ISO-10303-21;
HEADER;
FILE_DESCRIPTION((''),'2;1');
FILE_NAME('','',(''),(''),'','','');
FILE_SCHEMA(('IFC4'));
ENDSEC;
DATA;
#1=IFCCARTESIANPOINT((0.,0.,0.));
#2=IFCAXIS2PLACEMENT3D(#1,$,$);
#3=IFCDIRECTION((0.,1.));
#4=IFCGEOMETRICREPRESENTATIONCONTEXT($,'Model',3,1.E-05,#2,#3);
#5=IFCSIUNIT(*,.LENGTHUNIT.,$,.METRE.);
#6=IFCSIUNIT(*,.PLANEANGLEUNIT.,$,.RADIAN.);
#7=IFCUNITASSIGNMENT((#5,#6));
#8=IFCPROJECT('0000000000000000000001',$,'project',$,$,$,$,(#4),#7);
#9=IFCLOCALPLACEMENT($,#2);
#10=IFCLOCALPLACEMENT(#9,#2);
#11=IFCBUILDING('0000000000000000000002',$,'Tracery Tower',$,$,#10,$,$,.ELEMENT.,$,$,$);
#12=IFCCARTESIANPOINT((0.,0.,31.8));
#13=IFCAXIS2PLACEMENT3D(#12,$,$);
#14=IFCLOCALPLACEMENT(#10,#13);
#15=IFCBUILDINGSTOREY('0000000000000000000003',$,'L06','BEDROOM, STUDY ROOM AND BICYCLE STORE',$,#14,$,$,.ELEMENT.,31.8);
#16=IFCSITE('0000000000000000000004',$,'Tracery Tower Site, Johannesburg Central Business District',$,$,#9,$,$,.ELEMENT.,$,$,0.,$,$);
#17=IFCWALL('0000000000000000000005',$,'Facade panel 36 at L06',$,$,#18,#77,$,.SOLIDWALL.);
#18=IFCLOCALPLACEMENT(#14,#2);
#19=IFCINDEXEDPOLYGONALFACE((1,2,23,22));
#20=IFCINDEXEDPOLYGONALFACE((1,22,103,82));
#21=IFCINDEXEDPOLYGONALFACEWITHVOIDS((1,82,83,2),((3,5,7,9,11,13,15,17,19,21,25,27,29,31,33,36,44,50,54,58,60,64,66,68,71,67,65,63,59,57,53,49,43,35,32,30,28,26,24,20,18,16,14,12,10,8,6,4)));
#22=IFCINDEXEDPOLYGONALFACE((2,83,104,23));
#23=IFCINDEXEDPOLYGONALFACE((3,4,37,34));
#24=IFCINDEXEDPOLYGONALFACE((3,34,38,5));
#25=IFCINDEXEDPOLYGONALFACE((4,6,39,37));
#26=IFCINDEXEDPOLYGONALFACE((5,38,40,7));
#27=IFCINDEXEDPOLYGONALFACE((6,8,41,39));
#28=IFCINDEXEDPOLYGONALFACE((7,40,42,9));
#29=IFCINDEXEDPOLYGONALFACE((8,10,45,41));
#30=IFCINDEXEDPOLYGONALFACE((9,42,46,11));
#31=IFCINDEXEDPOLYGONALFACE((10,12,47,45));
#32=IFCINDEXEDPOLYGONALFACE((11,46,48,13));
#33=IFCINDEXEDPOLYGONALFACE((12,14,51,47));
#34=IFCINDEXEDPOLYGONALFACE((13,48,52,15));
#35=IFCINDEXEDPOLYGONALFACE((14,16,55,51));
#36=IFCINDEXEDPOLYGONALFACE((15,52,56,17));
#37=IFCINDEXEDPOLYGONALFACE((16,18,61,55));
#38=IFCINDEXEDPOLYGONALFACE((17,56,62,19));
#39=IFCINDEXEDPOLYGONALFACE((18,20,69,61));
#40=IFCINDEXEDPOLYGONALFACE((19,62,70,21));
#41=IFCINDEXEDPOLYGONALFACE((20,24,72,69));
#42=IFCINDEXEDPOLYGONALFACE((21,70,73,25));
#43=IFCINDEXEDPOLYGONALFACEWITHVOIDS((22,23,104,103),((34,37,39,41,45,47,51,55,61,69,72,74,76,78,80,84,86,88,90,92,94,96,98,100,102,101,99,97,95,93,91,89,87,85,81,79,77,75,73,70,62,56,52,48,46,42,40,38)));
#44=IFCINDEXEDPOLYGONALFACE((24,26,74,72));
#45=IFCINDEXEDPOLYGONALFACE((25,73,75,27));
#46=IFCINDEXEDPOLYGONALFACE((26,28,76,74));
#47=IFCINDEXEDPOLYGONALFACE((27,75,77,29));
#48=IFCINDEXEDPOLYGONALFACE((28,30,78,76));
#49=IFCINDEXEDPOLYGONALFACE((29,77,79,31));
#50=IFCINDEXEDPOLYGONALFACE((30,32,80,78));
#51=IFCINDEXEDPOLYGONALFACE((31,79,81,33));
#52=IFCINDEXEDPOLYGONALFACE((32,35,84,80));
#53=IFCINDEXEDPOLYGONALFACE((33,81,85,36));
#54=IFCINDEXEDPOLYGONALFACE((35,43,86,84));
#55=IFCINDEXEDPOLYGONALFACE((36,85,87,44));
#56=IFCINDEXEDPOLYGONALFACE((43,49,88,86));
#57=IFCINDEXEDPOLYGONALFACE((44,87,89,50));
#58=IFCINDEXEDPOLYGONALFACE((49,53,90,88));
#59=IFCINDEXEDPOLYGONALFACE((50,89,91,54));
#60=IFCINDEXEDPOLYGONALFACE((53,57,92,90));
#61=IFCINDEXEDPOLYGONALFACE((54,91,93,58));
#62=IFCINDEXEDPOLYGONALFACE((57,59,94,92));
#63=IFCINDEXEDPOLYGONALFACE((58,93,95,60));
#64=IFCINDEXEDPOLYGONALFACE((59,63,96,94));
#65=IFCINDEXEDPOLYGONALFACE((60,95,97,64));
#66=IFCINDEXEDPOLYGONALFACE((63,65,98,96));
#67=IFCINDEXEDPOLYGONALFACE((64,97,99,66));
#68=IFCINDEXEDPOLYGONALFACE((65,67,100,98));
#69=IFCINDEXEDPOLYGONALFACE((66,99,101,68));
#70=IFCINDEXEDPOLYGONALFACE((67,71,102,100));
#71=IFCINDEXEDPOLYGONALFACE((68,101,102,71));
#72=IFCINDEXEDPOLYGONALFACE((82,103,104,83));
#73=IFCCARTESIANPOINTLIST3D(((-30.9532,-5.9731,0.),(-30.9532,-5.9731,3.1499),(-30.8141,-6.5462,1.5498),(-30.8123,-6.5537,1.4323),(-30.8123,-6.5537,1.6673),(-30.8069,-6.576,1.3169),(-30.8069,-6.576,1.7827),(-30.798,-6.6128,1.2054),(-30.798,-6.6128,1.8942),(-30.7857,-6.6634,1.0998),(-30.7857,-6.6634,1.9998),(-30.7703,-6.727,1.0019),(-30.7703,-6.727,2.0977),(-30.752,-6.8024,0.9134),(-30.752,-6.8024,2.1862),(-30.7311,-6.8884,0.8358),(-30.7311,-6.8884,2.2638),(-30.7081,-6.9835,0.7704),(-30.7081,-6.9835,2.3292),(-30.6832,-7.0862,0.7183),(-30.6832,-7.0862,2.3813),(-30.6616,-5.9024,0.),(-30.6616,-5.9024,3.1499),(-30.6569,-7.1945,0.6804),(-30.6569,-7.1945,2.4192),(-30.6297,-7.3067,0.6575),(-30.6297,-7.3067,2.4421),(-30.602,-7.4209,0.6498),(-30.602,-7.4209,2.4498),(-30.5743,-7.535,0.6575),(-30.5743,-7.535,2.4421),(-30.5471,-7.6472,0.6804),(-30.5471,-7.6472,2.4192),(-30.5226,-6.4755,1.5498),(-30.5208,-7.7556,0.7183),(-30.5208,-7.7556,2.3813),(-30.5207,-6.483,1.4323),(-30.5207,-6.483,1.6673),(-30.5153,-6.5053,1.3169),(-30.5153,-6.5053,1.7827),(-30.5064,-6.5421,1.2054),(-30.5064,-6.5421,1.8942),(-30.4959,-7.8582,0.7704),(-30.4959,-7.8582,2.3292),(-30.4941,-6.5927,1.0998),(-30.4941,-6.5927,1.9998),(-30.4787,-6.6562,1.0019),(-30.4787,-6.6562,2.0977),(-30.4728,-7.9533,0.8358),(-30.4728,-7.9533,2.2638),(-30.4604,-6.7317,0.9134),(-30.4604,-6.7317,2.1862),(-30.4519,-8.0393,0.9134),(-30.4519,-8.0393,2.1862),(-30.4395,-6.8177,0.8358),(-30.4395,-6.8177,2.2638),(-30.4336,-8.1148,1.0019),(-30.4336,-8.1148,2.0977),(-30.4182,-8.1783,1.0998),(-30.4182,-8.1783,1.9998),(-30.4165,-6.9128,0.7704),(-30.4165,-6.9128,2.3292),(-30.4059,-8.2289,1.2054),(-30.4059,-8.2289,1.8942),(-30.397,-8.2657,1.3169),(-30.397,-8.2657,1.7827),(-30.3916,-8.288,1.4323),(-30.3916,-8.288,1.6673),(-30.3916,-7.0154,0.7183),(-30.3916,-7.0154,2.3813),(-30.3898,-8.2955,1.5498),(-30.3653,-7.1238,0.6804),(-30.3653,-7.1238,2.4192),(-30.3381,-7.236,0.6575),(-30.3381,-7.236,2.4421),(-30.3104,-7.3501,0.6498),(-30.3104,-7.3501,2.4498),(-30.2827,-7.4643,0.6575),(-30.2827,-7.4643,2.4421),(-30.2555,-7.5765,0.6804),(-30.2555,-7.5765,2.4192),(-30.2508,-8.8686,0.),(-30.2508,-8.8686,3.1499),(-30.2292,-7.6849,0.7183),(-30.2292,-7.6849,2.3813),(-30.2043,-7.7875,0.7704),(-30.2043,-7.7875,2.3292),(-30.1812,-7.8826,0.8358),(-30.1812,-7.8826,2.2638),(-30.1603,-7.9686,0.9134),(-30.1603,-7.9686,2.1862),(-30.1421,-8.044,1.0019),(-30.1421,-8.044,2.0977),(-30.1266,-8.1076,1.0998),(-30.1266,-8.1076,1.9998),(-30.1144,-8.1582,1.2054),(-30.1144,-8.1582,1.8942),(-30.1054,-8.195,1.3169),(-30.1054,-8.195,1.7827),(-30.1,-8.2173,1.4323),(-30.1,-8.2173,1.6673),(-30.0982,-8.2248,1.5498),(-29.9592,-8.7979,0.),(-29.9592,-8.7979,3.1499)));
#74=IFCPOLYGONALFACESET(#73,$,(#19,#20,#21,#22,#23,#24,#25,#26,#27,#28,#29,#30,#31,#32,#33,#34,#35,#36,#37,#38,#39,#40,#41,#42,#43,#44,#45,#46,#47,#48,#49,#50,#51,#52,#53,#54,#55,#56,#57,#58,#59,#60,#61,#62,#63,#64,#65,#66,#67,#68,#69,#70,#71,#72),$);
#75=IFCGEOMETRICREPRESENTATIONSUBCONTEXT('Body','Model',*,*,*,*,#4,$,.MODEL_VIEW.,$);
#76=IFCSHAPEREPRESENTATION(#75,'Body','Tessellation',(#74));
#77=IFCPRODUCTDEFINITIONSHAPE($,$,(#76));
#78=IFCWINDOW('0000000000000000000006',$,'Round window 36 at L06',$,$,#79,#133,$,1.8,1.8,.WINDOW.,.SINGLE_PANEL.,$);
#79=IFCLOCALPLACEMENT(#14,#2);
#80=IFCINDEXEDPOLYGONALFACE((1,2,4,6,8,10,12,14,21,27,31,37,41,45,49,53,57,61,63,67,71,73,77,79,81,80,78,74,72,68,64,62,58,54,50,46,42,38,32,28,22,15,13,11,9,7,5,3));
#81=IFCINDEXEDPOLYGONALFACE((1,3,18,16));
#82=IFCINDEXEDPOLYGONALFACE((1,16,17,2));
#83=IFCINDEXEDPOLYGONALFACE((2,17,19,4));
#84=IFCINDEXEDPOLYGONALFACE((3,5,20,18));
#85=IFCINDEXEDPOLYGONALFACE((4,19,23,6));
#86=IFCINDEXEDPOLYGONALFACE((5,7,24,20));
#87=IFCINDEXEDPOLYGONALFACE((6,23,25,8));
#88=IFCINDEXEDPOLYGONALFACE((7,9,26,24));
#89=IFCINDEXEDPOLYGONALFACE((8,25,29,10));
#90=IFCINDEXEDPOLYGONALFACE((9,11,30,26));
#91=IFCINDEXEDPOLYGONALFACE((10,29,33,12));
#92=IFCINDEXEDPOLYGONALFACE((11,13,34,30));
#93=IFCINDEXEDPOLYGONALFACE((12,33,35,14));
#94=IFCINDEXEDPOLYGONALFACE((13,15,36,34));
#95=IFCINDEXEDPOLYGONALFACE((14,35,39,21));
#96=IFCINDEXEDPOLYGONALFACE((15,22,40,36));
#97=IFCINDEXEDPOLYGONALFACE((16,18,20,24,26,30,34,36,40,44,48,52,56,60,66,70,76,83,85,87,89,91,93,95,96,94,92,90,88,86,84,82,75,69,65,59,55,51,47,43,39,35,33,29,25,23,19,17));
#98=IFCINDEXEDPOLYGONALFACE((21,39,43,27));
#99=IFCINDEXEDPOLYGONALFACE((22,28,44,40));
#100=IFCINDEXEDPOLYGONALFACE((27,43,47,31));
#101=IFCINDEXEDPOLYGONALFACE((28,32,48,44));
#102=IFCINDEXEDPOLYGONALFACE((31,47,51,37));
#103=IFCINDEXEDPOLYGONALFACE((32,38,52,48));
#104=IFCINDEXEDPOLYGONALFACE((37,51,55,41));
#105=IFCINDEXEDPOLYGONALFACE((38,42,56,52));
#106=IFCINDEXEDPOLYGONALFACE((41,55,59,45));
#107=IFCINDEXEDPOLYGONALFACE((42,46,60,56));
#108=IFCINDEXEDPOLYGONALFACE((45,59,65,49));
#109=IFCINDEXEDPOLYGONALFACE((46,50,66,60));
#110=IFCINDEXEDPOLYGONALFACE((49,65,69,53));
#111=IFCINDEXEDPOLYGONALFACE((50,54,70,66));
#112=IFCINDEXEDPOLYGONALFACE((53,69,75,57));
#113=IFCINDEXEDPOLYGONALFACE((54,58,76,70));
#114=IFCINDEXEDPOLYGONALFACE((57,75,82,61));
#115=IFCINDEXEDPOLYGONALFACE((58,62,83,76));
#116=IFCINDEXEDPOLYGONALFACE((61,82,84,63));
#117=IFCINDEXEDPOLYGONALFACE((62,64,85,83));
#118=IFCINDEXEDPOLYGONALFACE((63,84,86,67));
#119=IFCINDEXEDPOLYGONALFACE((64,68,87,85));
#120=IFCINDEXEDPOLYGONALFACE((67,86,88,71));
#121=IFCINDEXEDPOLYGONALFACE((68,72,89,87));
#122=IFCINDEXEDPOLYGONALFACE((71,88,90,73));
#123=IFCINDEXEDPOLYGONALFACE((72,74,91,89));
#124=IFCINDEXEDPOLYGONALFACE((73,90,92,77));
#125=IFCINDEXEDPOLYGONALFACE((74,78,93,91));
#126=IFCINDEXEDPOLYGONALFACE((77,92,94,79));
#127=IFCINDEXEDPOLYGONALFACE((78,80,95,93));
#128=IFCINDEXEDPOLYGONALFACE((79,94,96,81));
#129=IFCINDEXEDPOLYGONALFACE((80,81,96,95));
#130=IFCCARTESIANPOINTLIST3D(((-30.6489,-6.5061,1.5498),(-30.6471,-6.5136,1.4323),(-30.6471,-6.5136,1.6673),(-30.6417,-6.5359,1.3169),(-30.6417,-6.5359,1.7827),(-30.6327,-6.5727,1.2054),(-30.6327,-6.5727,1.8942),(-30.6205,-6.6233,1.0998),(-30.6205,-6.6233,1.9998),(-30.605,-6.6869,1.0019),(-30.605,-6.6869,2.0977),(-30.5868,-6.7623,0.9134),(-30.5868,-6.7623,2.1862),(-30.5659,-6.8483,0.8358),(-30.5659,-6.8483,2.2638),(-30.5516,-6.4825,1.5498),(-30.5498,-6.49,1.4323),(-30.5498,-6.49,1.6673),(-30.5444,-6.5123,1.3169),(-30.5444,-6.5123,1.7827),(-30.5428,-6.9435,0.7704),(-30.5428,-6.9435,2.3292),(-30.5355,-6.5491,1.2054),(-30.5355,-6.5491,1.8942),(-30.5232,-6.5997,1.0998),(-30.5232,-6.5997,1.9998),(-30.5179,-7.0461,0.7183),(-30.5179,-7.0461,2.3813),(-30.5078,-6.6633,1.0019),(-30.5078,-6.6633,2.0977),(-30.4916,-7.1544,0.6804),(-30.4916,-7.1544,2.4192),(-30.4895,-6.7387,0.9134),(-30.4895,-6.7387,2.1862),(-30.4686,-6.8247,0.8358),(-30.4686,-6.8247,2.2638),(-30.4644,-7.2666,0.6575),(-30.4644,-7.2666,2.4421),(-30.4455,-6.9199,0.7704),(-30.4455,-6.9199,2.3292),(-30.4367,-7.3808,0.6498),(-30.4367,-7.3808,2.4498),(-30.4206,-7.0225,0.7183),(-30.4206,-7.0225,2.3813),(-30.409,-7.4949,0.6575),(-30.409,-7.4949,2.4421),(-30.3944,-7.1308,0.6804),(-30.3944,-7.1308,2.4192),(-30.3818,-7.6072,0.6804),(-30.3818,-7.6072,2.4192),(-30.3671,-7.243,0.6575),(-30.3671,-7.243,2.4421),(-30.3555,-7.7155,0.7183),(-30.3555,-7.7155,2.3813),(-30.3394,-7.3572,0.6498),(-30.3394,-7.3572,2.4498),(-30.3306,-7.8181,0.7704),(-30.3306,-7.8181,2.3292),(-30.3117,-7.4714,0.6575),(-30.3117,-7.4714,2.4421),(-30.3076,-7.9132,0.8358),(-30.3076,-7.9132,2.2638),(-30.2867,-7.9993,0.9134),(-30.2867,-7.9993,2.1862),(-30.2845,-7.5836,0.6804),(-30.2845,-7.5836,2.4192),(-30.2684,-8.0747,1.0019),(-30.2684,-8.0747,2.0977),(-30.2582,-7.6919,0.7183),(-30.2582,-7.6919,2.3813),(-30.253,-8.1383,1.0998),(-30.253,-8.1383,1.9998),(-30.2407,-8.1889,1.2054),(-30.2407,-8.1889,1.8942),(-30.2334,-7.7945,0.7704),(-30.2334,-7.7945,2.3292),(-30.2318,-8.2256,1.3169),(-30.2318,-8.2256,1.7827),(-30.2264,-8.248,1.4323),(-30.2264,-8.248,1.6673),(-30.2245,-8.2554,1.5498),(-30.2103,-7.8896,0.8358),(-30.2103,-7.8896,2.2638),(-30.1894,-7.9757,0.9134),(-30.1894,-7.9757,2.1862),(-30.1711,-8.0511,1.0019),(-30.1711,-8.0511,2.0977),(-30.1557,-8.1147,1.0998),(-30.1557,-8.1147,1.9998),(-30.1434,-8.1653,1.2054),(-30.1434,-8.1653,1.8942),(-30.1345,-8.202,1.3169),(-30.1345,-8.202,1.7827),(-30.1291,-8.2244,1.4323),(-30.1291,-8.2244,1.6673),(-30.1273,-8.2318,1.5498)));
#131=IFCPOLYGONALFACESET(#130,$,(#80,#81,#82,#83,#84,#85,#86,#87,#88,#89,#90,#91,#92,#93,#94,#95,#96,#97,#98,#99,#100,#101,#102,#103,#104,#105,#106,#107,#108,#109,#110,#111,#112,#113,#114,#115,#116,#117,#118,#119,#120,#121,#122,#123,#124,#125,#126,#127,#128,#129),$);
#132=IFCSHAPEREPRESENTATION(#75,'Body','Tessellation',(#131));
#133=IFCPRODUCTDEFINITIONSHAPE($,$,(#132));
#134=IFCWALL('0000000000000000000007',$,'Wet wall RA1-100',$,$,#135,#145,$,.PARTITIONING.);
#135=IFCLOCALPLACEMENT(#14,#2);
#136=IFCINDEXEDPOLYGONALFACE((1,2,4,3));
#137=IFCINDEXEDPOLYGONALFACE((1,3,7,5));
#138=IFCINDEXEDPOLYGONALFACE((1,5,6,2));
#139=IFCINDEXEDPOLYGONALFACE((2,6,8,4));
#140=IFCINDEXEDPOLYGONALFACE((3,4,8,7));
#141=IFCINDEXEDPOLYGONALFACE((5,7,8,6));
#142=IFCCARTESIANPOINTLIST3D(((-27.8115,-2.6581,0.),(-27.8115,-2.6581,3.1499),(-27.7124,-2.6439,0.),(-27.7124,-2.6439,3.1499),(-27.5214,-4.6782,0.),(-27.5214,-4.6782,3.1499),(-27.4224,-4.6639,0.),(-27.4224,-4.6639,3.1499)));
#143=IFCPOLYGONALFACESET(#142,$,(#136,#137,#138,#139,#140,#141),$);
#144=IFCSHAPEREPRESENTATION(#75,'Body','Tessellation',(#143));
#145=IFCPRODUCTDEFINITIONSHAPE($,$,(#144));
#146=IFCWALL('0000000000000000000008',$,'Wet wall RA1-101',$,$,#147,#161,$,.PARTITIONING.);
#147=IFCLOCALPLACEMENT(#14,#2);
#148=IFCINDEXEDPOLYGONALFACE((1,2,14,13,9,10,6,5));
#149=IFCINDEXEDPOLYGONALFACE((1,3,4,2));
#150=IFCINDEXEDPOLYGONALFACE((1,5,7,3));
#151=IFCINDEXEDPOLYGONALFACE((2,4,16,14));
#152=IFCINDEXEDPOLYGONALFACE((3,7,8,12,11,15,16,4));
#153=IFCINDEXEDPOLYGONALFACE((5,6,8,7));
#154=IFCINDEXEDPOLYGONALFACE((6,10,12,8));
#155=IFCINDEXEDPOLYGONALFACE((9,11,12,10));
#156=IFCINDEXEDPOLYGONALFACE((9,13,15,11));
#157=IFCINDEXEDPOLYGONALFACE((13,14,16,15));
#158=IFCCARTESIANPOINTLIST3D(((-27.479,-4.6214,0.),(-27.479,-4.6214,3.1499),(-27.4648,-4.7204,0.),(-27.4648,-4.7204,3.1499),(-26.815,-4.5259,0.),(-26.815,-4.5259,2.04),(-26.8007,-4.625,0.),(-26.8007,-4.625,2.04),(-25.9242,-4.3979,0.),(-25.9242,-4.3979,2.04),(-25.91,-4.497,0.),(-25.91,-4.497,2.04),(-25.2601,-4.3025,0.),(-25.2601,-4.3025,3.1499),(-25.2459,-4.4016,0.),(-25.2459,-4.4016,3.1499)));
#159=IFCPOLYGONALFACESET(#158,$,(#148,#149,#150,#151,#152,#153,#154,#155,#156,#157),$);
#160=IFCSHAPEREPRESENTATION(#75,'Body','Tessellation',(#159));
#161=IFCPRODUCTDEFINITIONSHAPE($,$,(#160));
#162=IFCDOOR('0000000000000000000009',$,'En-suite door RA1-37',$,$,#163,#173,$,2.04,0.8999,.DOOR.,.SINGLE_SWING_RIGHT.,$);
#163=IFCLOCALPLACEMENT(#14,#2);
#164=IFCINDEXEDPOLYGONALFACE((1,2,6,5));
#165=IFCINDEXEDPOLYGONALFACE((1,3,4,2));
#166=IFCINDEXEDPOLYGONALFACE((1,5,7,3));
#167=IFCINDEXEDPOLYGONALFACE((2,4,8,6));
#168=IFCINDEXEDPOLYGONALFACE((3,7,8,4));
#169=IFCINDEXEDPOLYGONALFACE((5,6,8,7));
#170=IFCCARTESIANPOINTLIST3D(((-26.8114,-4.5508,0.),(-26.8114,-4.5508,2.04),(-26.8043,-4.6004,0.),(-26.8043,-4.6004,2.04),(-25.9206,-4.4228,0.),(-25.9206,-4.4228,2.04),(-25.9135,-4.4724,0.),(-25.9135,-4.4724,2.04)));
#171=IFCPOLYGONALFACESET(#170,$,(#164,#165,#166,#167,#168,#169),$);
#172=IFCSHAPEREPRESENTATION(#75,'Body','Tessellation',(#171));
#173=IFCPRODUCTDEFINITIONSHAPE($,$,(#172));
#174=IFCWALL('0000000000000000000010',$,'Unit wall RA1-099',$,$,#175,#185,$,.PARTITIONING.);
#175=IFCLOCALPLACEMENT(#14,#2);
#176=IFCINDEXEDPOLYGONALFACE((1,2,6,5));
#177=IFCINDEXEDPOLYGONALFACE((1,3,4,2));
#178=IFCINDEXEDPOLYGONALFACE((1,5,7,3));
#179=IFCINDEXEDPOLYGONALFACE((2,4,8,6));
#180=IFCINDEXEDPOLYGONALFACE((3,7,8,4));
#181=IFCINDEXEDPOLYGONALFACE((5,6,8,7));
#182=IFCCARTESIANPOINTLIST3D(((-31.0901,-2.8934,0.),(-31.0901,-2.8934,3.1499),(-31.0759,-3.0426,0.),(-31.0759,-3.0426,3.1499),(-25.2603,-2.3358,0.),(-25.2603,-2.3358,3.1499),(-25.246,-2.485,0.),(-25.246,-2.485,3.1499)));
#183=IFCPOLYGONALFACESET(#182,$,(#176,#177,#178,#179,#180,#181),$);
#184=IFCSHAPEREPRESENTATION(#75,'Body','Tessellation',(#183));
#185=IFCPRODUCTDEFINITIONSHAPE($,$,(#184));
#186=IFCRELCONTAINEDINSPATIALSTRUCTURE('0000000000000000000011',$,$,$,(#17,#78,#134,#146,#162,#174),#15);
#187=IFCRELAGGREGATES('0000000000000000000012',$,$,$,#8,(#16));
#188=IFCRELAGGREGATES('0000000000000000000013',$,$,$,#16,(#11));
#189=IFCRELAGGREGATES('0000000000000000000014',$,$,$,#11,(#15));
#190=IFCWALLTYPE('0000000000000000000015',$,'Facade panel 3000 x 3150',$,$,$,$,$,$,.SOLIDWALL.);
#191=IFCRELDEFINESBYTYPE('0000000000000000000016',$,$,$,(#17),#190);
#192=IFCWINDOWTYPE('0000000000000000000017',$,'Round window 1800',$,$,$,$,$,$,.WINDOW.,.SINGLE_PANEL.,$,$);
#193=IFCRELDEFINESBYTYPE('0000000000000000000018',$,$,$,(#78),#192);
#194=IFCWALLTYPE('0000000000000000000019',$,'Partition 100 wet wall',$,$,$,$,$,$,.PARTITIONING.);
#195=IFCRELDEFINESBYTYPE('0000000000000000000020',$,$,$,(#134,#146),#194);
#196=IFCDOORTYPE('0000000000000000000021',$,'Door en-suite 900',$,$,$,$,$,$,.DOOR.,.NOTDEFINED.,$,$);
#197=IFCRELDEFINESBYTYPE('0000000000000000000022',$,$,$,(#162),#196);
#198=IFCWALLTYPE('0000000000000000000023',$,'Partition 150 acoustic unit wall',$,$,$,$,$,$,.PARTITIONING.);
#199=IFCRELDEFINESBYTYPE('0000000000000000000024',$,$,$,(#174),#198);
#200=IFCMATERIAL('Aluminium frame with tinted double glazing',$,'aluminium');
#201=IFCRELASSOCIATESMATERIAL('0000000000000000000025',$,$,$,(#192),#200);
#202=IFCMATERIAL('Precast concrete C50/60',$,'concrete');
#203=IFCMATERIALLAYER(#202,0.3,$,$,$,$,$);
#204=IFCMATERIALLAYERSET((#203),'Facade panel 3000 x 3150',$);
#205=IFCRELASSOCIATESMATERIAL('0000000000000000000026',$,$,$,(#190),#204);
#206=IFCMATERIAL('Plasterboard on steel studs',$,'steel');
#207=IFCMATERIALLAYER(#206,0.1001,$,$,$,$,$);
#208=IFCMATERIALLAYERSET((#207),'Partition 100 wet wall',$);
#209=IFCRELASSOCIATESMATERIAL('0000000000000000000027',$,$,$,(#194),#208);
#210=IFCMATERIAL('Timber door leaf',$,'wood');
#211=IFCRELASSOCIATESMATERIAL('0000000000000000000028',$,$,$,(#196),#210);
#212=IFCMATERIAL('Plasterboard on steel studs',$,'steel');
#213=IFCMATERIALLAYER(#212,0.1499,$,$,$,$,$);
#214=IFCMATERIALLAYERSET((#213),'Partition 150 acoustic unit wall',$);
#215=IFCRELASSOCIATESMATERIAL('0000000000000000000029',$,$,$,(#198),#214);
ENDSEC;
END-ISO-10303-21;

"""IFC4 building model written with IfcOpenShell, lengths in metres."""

from ifc_helpers import new_model, si_unit, direction, frame, frame_2d, origin, origin_2d, place, context, subcontext, project, spatial, rectangle, circle, extrude, material, layer, layer_set, type_object, element, fill, save


model = new_model("IFC4")

# Units and contexts
model_context = context("Model", 3, precision=1e-05, world=origin(), true_north=direction((0.0, 1.0)))
body_context = subcontext(model_context, "Body", "Model", "MODEL_VIEW")
ifc_project = project(units=[si_unit("LENGTHUNIT", "METRE"), si_unit("PLANEANGLEUNIT", "RADIAN")], contexts=[model_context])

# Site, building, storey
site_placement = place(None, origin())
site = spatial("IfcSite", under=ifc_project, at=site_placement, Name="Tracery Tower Site, Johannesburg Central Business District", CompositionType="ELEMENT", RefElevation=0.0)
building_placement = place(site_placement, origin())
building = spatial("IfcBuilding", under=site, at=building_placement, Name="Tracery Tower", CompositionType="ELEMENT")
storey_placement = place(building_placement, frame((0.0, 0.0, 31.8)))
storey = spatial("IfcBuildingStorey", under=building, at=storey_placement, Name="L06", Description="BEDROOM, STUDY ROOM AND BICYCLE STORE", CompositionType="ELEMENT", Elevation=31.8)

# Wall, opening, window
ifc_material_1 = material(Name="Aluminium frame with tinted double glazing", Category="aluminium")
window_type = type_object("IfcWindowType", Name="Round window 1800", PartitioningType="SINGLE_PANEL", PredefinedType="WINDOW", material=ifc_material_1)
ifc_material_2 = material(Name="Precast concrete C50/60", Category="concrete")
ifc_layer_1 = layer(ifc_material_2, 0.3)
ifc_layer_set_1 = layer_set([ifc_layer_1], Name="Facade panel 3000 x 3150")
wall_type_1 = type_object("IfcWallType", Name="Facade panel 3000 x 3150", PredefinedType="SOLIDWALL", material=ifc_layer_set_1)
wall_1_placement = place(storey_placement, frame((-30.8074, -5.9377, 0.0), z_axis=(0.0, 0.0, 1.0), x_axis=(0.235743, -0.971815, 0.0)))
wall_1 = element("IfcWall", 1, at=wall_1_placement, inside=storey, type_object=wall_type_1, Name="Facade panel 36 at L06", PredefinedType="SOLIDWALL", context=body_context, shape_type="SweptSolid", body=[
    extrude(rectangle(XDim=2.9795, YDim=0.3, at=frame_2d((1.4897, 0.0))), origin(), (0.0, 0.0, 1.0), 3.1499),
])
opening_1_placement = place(wall_1_placement, frame((1.4897, 0.0, 1.5498)))
opening_1 = element("IfcOpeningElement", 2, at=opening_1_placement, cuts=wall_1, PredefinedType="OPENING", context=body_context, shape_type="SweptSolid", body=[
    extrude(circle(Radius=0.9, at=origin_2d()), frame((0.0, 0.1599, 0.0), z_axis=(0.0, -1.0, 0.0), x_axis=(1.0, 0.0, 0.0)), (0.0, 0.0, 1.0), 0.3201),
])
window_1_placement = place(opening_1_placement, origin())
window_1 = element("IfcWindow", 3, at=window_1_placement, inside=storey, type_object=window_type, Name="Round window 36 at L06", OverallHeight=1.8, OverallWidth=1.8, PartitioningType="SINGLE_PANEL", PredefinedType="WINDOW", context=body_context, shape_type="SweptSolid", body=[
    extrude(circle(Radius=0.9, at=origin_2d()), frame((0.0, 0.1201, 0.0), z_axis=(0.0, -1.0, 0.0), x_axis=(1.0, 0.0, 0.0)), (0.0, 0.0, 1.0), 0.1001),
])
fill(opening_1, window_1)

# Wall
ifc_material_3 = material(Name="Plasterboard on steel studs", Category="steel")
ifc_layer_2 = layer(ifc_material_3, 0.1001)
ifc_layer_set_2 = layer_set([ifc_layer_2], Name="Partition 100 wet wall")
wall_type_2 = type_object("IfcWallType", Name="Partition 100 wet wall", PredefinedType="PARTITIONING", material=ifc_layer_set_2)
wall_2_placement = place(storey_placement, frame((-27.762, -2.6509, 0.0), z_axis=(0.0, 0.0, 1.0), x_axis=(0.142125, -0.989849, 0.0)))
element("IfcWall", 4, at=wall_2_placement, inside=storey, type_object=wall_type_2, Name="Wet wall RA1-100", PredefinedType="PARTITIONING", context=body_context, shape_type="SweptSolid", body=[
    extrude(rectangle(XDim=2.0408, YDim=0.1001, at=frame_2d((1.0205, 0.0))), origin(), (0.0, 0.0, 1.0), 3.1499),
])

# Wall, opening, door
wall_3_placement = place(storey_placement, frame((-27.4719, -4.6709, 0.0), z_axis=(0.0, 0.0, 1.0), x_axis=(0.989834, 0.142229, 0.0)))
wall_3 = element("IfcWall", 5, at=wall_3_placement, inside=storey, type_object=wall_type_2, Name="Wet wall RA1-101", PredefinedType="PARTITIONING", context=body_context, shape_type="SweptSolid", body=[
    extrude(rectangle(XDim=2.2417, YDim=0.1001, at=frame_2d((1.1208, 0.0))), origin(), (0.0, 0.0, 1.0), 3.1499),
])
opening_2_placement = place(wall_3_placement, frame((0.6709, 0.0, 0.0)))
opening_2 = element("IfcOpeningElement", 6, at=opening_2_placement, cuts=wall_3, PredefinedType="OPENING", context=body_context, shape_type="SweptSolid", body=[
    extrude(rectangle(XDim=0.8999, YDim=2.04, at=frame_2d((0.45, 1.02))), frame((0.0, 0.05, 0.0), z_axis=(0.0, -1.0, 0.0), x_axis=(1.0, 0.0, 0.0)), (0.0, 0.0, 1.0), 0.1001),
])
ifc_material_4 = material(Name="Timber door leaf", Category="wood")
door_type = type_object("IfcDoorType", Name="Door en-suite 900", OperationType="NOTDEFINED", PredefinedType="DOOR", material=ifc_material_4)
door_placement = place(opening_2_placement, origin())
door = element("IfcDoor", 7, at=door_placement, inside=storey, type_object=door_type, Name="En-suite door RA1-37", OperationType="SINGLE_SWING_RIGHT", OverallHeight=2.04, OverallWidth=0.8999, PredefinedType="DOOR", context=body_context, shape_type="SweptSolid", body=[
    extrude(rectangle(XDim=0.8999, YDim=2.04, at=frame_2d((0.45, 1.02))), frame((0.0, 0.0249, 0.0), z_axis=(0.0, -1.0, 0.0), x_axis=(1.0, 0.0, 0.0)), (0.0, 0.0, 1.0), 0.05),
])
fill(opening_2, door)

# Wall
ifc_material_5 = material(Name="Plasterboard on steel studs", Category="steel")
ifc_layer_3 = layer(ifc_material_5, 0.1499)
ifc_layer_set_3 = layer_set([ifc_layer_3], Name="Partition 150 acoustic unit wall")
wall_type_3 = type_object("IfcWallType", Name="Partition 150 acoustic unit wall", PredefinedType="PARTITIONING", material=ifc_layer_set_3)
wall_4_placement = place(storey_placement, frame((-31.083, -2.968, 0.0), z_axis=(0.0, 0.0, 1.0), x_axis=(0.995457, 0.095214, 0.0)))
element("IfcWall", 8, at=wall_4_placement, inside=storey, type_object=wall_type_3, Name="Unit wall RA1-099", PredefinedType="PARTITIONING", context=body_context, shape_type="SweptSolid", body=[
    extrude(rectangle(XDim=5.8564, YDim=0.1499, at=frame_2d((2.9282, 0.0))), origin(), (0.0, 0.0, 1.0), 3.1499),
])

save(model, "model.ifc")
